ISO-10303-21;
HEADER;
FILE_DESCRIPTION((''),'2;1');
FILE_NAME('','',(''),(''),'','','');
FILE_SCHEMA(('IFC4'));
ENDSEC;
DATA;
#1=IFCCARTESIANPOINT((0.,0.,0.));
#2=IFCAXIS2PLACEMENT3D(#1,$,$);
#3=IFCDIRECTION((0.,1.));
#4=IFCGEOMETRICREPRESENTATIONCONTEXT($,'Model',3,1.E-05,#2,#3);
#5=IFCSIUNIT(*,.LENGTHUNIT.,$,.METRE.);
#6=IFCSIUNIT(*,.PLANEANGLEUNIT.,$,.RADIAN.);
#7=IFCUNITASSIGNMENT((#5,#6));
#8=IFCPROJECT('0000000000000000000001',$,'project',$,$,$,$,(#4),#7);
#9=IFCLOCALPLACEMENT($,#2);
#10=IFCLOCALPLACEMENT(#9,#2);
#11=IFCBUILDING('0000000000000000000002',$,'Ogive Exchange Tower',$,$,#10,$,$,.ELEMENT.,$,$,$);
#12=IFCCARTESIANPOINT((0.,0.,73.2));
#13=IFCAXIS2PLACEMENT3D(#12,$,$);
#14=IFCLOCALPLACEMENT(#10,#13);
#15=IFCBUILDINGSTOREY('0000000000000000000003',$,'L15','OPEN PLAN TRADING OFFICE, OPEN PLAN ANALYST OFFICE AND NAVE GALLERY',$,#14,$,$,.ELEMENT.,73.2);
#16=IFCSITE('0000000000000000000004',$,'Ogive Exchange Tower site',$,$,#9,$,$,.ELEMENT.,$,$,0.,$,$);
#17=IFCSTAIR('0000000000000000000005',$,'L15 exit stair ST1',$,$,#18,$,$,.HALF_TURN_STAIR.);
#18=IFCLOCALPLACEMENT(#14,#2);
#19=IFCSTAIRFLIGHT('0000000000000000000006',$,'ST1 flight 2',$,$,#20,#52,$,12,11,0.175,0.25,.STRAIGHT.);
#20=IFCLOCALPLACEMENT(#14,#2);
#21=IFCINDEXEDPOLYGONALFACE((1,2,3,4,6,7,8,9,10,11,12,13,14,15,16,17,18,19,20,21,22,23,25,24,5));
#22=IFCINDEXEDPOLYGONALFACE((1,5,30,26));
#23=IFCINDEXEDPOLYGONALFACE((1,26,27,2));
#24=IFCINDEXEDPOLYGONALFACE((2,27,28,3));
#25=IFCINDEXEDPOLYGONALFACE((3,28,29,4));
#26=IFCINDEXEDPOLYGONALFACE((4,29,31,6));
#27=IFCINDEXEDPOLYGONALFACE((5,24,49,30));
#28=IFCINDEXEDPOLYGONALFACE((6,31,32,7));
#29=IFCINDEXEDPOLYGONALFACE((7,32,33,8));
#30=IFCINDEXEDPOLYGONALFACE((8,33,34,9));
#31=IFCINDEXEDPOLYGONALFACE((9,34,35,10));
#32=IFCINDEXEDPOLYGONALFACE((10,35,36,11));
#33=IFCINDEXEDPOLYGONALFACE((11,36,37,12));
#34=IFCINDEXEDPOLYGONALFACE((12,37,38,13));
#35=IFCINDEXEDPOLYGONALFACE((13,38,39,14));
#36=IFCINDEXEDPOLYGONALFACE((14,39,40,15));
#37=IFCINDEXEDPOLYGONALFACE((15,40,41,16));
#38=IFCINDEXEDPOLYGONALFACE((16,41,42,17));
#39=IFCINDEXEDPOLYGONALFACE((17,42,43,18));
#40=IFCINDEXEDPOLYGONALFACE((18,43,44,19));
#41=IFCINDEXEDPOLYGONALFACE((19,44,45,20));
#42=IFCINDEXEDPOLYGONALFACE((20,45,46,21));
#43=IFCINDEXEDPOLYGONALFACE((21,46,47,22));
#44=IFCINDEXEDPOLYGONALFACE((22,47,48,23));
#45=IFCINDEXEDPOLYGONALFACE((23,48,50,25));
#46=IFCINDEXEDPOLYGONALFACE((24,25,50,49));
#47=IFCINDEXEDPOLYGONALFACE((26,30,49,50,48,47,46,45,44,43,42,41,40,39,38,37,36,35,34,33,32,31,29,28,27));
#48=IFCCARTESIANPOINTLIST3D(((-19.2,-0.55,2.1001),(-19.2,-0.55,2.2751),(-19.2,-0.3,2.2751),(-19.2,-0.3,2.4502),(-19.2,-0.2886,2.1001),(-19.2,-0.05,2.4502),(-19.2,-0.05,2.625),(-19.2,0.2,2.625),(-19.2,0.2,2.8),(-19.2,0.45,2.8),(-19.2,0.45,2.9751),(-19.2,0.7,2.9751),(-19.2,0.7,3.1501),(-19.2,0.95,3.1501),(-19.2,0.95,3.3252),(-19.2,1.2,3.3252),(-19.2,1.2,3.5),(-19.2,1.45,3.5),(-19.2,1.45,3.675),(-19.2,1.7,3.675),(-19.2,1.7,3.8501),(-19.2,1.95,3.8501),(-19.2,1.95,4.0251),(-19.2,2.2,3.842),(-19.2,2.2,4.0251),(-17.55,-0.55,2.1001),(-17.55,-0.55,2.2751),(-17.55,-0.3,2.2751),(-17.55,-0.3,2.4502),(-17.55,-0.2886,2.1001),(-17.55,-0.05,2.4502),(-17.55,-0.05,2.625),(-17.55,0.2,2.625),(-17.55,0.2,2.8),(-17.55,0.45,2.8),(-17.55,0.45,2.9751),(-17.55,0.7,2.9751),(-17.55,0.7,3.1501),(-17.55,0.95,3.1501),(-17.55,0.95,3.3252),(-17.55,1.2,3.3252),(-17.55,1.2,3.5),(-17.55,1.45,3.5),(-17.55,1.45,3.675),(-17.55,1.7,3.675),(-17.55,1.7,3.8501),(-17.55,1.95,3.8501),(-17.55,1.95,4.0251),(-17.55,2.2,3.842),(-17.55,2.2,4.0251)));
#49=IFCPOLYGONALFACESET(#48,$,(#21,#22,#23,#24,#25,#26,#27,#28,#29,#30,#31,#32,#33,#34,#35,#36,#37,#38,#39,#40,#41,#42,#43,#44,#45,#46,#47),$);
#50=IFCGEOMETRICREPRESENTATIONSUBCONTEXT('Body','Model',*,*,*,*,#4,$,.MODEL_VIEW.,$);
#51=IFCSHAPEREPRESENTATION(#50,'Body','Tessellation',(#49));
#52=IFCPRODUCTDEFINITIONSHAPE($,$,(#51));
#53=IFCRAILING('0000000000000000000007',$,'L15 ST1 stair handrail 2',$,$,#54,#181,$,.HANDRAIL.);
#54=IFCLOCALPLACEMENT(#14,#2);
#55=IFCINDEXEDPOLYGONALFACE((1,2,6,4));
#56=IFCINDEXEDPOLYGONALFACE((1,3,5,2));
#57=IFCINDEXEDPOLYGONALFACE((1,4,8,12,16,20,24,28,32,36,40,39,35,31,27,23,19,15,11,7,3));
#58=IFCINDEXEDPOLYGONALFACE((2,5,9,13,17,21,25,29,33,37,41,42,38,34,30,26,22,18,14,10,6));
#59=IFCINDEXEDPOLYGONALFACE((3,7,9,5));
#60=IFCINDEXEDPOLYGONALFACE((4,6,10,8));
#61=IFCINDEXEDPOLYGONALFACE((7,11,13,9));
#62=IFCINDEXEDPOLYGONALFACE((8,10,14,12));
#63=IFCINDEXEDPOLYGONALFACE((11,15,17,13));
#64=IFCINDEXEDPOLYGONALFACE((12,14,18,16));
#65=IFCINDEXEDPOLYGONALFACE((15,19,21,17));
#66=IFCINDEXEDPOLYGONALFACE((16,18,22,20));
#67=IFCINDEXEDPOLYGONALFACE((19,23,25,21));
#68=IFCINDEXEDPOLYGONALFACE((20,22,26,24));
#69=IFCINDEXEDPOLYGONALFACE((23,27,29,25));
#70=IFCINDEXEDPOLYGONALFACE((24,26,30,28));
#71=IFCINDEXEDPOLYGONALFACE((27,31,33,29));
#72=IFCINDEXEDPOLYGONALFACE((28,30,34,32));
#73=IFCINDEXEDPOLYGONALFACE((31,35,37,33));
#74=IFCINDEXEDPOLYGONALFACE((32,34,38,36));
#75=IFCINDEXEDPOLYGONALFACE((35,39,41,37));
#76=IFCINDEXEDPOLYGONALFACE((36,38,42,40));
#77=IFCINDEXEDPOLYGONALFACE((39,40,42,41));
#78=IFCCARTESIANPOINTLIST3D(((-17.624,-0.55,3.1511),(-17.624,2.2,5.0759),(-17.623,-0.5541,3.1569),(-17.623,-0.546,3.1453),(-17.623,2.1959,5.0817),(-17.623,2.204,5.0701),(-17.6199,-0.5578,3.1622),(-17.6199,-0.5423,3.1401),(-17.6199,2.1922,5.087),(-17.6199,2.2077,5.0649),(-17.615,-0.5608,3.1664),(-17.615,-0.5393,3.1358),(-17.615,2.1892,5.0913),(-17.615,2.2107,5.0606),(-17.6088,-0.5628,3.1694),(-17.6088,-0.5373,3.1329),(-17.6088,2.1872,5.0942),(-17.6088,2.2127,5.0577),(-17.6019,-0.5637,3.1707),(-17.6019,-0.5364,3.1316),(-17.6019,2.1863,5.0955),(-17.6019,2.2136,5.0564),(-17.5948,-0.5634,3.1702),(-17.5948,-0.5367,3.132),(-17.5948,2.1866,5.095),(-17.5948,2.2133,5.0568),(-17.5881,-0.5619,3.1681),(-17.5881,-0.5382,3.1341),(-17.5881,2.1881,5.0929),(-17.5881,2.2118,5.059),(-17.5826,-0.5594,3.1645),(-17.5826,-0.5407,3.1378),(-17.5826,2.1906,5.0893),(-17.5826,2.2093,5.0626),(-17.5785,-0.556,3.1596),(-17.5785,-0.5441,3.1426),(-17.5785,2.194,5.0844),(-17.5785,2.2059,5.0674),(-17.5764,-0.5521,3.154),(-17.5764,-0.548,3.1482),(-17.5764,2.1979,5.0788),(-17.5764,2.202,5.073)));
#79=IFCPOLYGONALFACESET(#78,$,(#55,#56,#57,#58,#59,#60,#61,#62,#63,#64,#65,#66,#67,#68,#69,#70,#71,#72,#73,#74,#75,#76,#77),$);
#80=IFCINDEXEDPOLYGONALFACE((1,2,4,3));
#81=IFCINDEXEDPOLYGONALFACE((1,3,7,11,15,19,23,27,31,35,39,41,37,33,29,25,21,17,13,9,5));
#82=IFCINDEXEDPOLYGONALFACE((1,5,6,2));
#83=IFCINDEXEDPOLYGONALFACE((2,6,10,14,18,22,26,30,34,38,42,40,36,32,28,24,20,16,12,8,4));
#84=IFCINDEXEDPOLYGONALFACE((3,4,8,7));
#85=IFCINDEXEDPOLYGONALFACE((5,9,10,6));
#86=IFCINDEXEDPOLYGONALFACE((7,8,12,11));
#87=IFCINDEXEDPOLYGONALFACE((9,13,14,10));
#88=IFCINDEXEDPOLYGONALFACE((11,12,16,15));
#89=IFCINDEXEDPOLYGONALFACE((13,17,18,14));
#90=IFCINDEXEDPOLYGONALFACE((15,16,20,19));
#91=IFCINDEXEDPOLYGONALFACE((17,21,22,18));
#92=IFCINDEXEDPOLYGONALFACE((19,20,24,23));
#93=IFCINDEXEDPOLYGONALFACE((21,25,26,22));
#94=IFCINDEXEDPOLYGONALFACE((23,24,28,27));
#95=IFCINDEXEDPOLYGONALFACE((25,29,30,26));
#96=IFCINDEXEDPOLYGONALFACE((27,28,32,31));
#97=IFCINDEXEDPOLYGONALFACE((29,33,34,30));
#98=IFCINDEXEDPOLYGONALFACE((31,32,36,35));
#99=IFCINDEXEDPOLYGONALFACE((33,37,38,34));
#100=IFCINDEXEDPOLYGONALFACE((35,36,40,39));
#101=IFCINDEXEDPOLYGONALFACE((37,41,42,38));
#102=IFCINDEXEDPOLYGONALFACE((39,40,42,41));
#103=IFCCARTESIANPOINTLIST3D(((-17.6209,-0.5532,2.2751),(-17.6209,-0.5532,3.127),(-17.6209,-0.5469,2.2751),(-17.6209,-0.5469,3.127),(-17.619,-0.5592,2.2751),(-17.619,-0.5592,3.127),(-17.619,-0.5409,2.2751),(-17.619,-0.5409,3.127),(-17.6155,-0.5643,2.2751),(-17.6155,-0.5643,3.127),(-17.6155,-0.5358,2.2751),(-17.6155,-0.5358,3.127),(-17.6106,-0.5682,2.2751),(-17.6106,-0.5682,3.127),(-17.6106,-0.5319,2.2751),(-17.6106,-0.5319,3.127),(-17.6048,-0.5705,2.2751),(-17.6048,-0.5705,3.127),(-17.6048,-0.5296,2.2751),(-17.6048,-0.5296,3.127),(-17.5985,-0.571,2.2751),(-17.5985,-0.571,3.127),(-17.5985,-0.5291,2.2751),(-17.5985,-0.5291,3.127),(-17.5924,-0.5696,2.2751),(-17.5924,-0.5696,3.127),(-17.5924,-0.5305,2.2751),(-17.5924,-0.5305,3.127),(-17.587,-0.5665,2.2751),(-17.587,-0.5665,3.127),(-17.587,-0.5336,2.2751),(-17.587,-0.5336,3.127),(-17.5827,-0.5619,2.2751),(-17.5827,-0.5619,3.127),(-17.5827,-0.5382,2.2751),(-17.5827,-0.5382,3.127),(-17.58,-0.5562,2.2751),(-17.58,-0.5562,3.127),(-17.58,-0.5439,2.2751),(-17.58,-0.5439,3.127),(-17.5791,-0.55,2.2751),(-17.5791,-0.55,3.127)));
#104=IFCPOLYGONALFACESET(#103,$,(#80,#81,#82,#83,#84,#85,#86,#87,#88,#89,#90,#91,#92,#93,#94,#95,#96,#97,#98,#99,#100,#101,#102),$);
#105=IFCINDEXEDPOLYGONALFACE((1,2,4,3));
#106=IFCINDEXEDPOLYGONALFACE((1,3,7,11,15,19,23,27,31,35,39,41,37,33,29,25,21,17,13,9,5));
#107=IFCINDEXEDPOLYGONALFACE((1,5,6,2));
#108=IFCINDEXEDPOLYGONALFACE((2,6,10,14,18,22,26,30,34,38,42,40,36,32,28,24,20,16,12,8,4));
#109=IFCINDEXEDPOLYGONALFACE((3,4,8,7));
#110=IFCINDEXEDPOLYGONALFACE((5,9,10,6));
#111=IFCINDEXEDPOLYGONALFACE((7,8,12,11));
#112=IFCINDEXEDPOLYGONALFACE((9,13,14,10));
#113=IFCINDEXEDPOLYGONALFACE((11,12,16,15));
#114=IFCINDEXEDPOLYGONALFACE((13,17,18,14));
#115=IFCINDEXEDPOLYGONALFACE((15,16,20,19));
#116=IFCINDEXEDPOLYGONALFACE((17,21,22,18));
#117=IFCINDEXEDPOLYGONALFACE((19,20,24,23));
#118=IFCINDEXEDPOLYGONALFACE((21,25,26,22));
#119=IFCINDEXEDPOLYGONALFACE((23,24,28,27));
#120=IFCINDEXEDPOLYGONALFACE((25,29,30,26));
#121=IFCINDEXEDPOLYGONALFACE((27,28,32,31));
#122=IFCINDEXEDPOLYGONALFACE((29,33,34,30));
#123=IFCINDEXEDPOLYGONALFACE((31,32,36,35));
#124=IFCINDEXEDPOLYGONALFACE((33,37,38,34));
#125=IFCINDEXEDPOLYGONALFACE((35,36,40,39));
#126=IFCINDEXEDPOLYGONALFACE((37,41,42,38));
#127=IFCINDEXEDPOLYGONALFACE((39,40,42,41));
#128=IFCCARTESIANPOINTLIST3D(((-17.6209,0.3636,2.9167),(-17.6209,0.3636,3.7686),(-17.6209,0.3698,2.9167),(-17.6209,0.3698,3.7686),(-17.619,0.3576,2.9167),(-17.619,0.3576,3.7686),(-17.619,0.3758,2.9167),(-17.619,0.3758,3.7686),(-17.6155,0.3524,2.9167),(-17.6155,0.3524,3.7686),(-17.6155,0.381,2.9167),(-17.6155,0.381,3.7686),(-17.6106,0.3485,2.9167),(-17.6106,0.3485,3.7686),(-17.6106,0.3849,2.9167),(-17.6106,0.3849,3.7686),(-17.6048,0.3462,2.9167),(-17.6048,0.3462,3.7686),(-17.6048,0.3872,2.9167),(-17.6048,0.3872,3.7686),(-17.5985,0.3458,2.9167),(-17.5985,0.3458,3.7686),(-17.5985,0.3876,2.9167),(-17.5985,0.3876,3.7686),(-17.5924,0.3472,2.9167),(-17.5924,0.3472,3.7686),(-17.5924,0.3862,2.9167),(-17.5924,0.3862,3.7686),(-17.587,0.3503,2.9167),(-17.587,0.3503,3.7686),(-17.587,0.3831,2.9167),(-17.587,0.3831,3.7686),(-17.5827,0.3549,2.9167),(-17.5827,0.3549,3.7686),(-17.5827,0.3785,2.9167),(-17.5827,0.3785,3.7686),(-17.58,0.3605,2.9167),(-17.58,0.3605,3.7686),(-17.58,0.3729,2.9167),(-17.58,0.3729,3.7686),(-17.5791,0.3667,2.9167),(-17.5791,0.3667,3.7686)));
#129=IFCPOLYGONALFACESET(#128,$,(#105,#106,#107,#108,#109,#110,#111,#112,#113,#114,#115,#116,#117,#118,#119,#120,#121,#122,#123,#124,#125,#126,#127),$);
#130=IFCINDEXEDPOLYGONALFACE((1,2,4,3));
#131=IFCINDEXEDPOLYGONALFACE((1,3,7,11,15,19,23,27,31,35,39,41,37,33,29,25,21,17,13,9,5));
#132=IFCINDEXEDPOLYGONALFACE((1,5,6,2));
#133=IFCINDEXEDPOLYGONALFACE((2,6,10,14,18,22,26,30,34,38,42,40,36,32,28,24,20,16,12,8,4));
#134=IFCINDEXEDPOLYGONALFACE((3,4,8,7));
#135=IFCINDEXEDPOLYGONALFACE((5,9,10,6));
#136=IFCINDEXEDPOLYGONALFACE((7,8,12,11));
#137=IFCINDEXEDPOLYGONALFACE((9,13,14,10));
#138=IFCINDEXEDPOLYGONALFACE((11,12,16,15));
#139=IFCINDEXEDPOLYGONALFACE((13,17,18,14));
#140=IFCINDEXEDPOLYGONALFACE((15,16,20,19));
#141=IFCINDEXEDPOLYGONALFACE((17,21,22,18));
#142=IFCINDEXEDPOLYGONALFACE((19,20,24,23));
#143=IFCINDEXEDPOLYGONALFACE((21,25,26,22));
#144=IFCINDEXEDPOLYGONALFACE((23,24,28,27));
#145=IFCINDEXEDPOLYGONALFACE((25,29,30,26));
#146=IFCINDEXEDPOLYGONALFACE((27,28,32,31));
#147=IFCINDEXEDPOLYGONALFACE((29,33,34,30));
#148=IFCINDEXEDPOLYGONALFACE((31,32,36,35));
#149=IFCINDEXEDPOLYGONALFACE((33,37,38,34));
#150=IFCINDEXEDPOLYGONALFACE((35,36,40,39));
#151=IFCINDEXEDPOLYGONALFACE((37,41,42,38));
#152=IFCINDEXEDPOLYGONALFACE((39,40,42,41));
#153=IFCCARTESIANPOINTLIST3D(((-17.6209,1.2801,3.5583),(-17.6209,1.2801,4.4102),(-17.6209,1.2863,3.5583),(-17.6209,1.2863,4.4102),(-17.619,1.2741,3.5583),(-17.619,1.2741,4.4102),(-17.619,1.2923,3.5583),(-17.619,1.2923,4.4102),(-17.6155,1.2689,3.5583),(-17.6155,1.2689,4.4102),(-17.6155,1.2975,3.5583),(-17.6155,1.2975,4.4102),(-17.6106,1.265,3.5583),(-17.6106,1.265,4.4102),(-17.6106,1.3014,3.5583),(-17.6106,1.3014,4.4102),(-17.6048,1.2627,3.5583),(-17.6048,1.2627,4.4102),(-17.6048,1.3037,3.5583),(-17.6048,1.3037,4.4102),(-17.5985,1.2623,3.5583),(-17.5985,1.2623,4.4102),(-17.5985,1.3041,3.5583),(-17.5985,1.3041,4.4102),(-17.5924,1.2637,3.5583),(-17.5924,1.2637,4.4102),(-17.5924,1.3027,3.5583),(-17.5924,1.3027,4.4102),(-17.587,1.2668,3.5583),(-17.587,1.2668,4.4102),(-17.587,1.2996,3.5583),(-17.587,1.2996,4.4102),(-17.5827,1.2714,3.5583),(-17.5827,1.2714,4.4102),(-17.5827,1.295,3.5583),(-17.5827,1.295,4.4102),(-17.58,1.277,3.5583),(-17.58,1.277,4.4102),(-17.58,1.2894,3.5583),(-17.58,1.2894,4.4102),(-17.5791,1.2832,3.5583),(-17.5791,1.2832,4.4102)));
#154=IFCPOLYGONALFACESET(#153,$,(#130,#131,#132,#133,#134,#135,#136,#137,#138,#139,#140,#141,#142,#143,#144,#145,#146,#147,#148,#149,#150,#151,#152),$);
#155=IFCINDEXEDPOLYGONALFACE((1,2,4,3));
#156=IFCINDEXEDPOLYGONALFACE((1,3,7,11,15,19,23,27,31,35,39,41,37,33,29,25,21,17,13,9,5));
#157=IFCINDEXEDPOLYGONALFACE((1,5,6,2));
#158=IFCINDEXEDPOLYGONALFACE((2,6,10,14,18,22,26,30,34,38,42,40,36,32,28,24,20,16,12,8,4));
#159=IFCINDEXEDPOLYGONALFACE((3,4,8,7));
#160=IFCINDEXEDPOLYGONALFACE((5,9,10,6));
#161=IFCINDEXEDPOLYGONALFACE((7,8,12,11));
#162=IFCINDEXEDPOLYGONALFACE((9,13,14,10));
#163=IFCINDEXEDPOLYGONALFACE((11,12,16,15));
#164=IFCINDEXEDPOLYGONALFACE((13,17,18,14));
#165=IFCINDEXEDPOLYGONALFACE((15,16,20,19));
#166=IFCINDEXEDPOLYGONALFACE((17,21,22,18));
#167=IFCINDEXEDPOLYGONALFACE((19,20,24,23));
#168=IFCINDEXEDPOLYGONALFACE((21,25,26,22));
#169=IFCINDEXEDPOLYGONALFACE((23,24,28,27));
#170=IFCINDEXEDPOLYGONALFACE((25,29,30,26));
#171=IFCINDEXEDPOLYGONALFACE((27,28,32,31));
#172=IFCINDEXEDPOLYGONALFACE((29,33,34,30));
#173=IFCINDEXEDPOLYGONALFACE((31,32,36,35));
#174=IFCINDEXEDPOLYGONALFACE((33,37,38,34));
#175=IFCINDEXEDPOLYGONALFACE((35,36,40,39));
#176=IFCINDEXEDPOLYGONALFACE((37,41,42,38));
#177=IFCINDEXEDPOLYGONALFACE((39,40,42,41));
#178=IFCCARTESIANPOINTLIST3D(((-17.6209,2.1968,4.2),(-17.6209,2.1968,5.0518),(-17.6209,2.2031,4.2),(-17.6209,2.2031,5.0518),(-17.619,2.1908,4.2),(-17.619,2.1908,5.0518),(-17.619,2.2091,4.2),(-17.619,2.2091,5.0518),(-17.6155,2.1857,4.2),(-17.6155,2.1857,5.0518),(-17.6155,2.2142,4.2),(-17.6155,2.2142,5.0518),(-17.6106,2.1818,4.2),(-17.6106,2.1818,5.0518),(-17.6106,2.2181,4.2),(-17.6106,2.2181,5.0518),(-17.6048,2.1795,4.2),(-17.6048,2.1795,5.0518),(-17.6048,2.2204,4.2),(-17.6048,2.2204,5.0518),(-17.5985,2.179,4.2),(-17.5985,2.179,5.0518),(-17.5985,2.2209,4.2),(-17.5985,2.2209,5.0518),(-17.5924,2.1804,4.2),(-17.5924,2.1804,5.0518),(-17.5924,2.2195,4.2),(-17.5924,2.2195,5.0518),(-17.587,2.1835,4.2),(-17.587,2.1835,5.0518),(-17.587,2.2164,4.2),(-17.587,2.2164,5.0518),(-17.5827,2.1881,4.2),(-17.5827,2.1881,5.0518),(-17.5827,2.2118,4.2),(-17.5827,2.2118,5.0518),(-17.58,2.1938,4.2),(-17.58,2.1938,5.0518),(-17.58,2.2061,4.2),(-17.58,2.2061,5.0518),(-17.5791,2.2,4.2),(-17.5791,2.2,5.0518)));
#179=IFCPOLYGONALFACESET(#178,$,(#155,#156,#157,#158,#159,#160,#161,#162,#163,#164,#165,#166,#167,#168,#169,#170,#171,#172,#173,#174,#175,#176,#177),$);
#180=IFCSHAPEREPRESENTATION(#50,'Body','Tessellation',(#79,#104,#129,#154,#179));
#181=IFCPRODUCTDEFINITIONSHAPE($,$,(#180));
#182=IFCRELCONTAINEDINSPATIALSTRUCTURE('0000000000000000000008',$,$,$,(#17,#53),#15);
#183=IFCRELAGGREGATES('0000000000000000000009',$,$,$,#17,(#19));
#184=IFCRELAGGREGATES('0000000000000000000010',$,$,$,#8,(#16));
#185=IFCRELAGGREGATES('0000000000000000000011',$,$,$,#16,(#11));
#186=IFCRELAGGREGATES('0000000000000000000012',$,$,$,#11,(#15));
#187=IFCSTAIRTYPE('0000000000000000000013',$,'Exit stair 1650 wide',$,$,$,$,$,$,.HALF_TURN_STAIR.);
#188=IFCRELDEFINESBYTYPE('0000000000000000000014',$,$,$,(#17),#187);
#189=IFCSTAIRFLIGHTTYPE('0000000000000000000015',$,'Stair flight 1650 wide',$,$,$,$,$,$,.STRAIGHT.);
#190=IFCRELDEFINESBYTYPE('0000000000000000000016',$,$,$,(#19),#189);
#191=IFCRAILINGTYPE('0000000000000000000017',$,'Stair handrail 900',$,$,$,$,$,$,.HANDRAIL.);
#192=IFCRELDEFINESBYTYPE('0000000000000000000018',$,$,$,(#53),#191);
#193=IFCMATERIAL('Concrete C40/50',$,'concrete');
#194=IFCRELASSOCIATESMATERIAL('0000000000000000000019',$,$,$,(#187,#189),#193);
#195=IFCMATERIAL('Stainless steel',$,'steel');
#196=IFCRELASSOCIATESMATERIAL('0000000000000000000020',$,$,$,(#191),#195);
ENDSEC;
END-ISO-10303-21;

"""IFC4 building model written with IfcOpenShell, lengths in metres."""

from ifc_helpers import new_model, si_unit, direction, frame, origin, origin_2d, place, context, subcontext, project, spatial, polyline, circle, outline, extrude, material, type_object, element, aggregate, save


model = new_model("IFC4")

# Units and contexts
model_context = context("Model", 3, precision=1e-05, world=origin(), true_north=direction((0.0, 1.0)))
body_context = subcontext(model_context, "Body", "Model", "MODEL_VIEW")
ifc_project = project(units=[si_unit("LENGTHUNIT", "METRE"), si_unit("PLANEANGLEUNIT", "RADIAN")], contexts=[model_context])

# Site, building, storey
site_placement = place(None, origin())
site = spatial("IfcSite", under=ifc_project, at=site_placement, Name="Ogive Exchange Tower site", CompositionType="ELEMENT", RefElevation=0.0)
building_placement = place(site_placement, origin())
building = spatial("IfcBuilding", under=site, at=building_placement, Name="Ogive Exchange Tower", CompositionType="ELEMENT")
storey_placement = place(building_placement, frame((0.0, 0.0, 73.2)))
storey = spatial("IfcBuildingStorey", under=building, at=storey_placement, Name="L15", Description="OPEN PLAN TRADING OFFICE, OPEN PLAN ANALYST OFFICE AND NAVE GALLERY", CompositionType="ELEMENT", Elevation=73.2)

# Shared definitions
ifc_material_1 = material(Name="Stainless steel", Category="steel")

# Stair, stair flight
ifc_material_2 = material(Name="Concrete C40/50", Category="concrete")
stair_type = type_object("IfcStairType", Name="Exit stair 1650 wide", PredefinedType="HALF_TURN_STAIR", material=ifc_material_2)
stair_placement = place(storey_placement, origin())
stair = element("IfcStair", 1, at=stair_placement, inside=storey, type_object=stair_type, Name="L15 exit stair ST1", PredefinedType="HALF_TURN_STAIR")
stair_flight_type = type_object("IfcStairFlightType", Name="Stair flight 1650 wide", PredefinedType="STRAIGHT", material=ifc_material_2)
stair_flight_placement = place(storey_placement, frame((-18.375, -0.55, 2.1001), z_axis=(0.0, 0.0, 1.0), x_axis=(0.0, 1.0, 0.0)))
stair_flight = element("IfcStairFlight", 2, at=stair_flight_placement, type_object=stair_flight_type, Name="ST1 flight 2", NumberOfRisers=12, NumberOfTreads=11, PredefinedType="STRAIGHT", RiserHeight=0.175, TreadLength=0.25, context=body_context, shape_type="SweptSolid", body=[
    extrude(outline(polyline([(0.0, 0.0), (0.0, 0.175), (0.25, 0.175), (0.25, 0.3501), (0.5, 0.3501), (0.5, 0.5249), (0.75, 0.5249), (0.75, 0.7), (1.0, 0.7), (1.0, 0.875), (1.25, 0.875), (1.25, 1.05), (1.5, 1.05), (1.5, 1.2251), (1.75, 1.2251), (1.75, 1.3999), (2.0, 1.3999), (2.0, 1.575), (2.25, 1.575), (2.25, 1.75), (2.5, 1.75), (2.5, 1.925), (2.75, 1.925), (2.75, 2.1001), (2.75, 1.7419), (0.2615, 0.0), (0.0, 0.0)])), frame((0.0, 0.825, 0.0), z_axis=(0.0, -1.0, 0.0), x_axis=(1.0, 0.0, 0.0)), (0.0, 0.0, 1.0), 1.6499),
])
aggregate(stair, [stair_flight])

# Railing
railing_type = type_object("IfcRailingType", Name="Stair handrail 900", PredefinedType="HANDRAIL", material=ifc_material_1)
railing_placement = place(storey_placement, frame((-17.6001, -0.55, 2.2751)))
element("IfcRailing", 3, at=railing_placement, inside=storey, type_object=railing_type, Name="L15 ST1 stair handrail 2", PredefinedType="HANDRAIL", context=body_context, shape_type="SweptSolid", body=[
    extrude(circle(Radius=0.0239, at=origin_2d()), frame((0.0, 0.0, 0.876), z_axis=(0.0, 0.819259, 0.573423), x_axis=(-1.0, 0.0, 0.0)), (0.0, 0.0, 1.0), 3.3567),
    extrude(circle(Radius=0.021, at=origin_2d()), origin(), (0.0, 0.0, 1.0), 0.8518),
    extrude(circle(Radius=0.021, at=origin_2d()), frame((0.0, 0.9167, 0.6416)), (0.0, 0.0, 1.0), 0.8518),
    extrude(circle(Radius=0.021, at=origin_2d()), frame((0.0, 1.8333, 1.2832)), (0.0, 0.0, 1.0), 0.8518),
    extrude(circle(Radius=0.021, at=origin_2d()), frame((0.0, 2.75, 1.9248)), (0.0, 0.0, 1.0), 0.8518),
])

save(model, "model.ifc")
